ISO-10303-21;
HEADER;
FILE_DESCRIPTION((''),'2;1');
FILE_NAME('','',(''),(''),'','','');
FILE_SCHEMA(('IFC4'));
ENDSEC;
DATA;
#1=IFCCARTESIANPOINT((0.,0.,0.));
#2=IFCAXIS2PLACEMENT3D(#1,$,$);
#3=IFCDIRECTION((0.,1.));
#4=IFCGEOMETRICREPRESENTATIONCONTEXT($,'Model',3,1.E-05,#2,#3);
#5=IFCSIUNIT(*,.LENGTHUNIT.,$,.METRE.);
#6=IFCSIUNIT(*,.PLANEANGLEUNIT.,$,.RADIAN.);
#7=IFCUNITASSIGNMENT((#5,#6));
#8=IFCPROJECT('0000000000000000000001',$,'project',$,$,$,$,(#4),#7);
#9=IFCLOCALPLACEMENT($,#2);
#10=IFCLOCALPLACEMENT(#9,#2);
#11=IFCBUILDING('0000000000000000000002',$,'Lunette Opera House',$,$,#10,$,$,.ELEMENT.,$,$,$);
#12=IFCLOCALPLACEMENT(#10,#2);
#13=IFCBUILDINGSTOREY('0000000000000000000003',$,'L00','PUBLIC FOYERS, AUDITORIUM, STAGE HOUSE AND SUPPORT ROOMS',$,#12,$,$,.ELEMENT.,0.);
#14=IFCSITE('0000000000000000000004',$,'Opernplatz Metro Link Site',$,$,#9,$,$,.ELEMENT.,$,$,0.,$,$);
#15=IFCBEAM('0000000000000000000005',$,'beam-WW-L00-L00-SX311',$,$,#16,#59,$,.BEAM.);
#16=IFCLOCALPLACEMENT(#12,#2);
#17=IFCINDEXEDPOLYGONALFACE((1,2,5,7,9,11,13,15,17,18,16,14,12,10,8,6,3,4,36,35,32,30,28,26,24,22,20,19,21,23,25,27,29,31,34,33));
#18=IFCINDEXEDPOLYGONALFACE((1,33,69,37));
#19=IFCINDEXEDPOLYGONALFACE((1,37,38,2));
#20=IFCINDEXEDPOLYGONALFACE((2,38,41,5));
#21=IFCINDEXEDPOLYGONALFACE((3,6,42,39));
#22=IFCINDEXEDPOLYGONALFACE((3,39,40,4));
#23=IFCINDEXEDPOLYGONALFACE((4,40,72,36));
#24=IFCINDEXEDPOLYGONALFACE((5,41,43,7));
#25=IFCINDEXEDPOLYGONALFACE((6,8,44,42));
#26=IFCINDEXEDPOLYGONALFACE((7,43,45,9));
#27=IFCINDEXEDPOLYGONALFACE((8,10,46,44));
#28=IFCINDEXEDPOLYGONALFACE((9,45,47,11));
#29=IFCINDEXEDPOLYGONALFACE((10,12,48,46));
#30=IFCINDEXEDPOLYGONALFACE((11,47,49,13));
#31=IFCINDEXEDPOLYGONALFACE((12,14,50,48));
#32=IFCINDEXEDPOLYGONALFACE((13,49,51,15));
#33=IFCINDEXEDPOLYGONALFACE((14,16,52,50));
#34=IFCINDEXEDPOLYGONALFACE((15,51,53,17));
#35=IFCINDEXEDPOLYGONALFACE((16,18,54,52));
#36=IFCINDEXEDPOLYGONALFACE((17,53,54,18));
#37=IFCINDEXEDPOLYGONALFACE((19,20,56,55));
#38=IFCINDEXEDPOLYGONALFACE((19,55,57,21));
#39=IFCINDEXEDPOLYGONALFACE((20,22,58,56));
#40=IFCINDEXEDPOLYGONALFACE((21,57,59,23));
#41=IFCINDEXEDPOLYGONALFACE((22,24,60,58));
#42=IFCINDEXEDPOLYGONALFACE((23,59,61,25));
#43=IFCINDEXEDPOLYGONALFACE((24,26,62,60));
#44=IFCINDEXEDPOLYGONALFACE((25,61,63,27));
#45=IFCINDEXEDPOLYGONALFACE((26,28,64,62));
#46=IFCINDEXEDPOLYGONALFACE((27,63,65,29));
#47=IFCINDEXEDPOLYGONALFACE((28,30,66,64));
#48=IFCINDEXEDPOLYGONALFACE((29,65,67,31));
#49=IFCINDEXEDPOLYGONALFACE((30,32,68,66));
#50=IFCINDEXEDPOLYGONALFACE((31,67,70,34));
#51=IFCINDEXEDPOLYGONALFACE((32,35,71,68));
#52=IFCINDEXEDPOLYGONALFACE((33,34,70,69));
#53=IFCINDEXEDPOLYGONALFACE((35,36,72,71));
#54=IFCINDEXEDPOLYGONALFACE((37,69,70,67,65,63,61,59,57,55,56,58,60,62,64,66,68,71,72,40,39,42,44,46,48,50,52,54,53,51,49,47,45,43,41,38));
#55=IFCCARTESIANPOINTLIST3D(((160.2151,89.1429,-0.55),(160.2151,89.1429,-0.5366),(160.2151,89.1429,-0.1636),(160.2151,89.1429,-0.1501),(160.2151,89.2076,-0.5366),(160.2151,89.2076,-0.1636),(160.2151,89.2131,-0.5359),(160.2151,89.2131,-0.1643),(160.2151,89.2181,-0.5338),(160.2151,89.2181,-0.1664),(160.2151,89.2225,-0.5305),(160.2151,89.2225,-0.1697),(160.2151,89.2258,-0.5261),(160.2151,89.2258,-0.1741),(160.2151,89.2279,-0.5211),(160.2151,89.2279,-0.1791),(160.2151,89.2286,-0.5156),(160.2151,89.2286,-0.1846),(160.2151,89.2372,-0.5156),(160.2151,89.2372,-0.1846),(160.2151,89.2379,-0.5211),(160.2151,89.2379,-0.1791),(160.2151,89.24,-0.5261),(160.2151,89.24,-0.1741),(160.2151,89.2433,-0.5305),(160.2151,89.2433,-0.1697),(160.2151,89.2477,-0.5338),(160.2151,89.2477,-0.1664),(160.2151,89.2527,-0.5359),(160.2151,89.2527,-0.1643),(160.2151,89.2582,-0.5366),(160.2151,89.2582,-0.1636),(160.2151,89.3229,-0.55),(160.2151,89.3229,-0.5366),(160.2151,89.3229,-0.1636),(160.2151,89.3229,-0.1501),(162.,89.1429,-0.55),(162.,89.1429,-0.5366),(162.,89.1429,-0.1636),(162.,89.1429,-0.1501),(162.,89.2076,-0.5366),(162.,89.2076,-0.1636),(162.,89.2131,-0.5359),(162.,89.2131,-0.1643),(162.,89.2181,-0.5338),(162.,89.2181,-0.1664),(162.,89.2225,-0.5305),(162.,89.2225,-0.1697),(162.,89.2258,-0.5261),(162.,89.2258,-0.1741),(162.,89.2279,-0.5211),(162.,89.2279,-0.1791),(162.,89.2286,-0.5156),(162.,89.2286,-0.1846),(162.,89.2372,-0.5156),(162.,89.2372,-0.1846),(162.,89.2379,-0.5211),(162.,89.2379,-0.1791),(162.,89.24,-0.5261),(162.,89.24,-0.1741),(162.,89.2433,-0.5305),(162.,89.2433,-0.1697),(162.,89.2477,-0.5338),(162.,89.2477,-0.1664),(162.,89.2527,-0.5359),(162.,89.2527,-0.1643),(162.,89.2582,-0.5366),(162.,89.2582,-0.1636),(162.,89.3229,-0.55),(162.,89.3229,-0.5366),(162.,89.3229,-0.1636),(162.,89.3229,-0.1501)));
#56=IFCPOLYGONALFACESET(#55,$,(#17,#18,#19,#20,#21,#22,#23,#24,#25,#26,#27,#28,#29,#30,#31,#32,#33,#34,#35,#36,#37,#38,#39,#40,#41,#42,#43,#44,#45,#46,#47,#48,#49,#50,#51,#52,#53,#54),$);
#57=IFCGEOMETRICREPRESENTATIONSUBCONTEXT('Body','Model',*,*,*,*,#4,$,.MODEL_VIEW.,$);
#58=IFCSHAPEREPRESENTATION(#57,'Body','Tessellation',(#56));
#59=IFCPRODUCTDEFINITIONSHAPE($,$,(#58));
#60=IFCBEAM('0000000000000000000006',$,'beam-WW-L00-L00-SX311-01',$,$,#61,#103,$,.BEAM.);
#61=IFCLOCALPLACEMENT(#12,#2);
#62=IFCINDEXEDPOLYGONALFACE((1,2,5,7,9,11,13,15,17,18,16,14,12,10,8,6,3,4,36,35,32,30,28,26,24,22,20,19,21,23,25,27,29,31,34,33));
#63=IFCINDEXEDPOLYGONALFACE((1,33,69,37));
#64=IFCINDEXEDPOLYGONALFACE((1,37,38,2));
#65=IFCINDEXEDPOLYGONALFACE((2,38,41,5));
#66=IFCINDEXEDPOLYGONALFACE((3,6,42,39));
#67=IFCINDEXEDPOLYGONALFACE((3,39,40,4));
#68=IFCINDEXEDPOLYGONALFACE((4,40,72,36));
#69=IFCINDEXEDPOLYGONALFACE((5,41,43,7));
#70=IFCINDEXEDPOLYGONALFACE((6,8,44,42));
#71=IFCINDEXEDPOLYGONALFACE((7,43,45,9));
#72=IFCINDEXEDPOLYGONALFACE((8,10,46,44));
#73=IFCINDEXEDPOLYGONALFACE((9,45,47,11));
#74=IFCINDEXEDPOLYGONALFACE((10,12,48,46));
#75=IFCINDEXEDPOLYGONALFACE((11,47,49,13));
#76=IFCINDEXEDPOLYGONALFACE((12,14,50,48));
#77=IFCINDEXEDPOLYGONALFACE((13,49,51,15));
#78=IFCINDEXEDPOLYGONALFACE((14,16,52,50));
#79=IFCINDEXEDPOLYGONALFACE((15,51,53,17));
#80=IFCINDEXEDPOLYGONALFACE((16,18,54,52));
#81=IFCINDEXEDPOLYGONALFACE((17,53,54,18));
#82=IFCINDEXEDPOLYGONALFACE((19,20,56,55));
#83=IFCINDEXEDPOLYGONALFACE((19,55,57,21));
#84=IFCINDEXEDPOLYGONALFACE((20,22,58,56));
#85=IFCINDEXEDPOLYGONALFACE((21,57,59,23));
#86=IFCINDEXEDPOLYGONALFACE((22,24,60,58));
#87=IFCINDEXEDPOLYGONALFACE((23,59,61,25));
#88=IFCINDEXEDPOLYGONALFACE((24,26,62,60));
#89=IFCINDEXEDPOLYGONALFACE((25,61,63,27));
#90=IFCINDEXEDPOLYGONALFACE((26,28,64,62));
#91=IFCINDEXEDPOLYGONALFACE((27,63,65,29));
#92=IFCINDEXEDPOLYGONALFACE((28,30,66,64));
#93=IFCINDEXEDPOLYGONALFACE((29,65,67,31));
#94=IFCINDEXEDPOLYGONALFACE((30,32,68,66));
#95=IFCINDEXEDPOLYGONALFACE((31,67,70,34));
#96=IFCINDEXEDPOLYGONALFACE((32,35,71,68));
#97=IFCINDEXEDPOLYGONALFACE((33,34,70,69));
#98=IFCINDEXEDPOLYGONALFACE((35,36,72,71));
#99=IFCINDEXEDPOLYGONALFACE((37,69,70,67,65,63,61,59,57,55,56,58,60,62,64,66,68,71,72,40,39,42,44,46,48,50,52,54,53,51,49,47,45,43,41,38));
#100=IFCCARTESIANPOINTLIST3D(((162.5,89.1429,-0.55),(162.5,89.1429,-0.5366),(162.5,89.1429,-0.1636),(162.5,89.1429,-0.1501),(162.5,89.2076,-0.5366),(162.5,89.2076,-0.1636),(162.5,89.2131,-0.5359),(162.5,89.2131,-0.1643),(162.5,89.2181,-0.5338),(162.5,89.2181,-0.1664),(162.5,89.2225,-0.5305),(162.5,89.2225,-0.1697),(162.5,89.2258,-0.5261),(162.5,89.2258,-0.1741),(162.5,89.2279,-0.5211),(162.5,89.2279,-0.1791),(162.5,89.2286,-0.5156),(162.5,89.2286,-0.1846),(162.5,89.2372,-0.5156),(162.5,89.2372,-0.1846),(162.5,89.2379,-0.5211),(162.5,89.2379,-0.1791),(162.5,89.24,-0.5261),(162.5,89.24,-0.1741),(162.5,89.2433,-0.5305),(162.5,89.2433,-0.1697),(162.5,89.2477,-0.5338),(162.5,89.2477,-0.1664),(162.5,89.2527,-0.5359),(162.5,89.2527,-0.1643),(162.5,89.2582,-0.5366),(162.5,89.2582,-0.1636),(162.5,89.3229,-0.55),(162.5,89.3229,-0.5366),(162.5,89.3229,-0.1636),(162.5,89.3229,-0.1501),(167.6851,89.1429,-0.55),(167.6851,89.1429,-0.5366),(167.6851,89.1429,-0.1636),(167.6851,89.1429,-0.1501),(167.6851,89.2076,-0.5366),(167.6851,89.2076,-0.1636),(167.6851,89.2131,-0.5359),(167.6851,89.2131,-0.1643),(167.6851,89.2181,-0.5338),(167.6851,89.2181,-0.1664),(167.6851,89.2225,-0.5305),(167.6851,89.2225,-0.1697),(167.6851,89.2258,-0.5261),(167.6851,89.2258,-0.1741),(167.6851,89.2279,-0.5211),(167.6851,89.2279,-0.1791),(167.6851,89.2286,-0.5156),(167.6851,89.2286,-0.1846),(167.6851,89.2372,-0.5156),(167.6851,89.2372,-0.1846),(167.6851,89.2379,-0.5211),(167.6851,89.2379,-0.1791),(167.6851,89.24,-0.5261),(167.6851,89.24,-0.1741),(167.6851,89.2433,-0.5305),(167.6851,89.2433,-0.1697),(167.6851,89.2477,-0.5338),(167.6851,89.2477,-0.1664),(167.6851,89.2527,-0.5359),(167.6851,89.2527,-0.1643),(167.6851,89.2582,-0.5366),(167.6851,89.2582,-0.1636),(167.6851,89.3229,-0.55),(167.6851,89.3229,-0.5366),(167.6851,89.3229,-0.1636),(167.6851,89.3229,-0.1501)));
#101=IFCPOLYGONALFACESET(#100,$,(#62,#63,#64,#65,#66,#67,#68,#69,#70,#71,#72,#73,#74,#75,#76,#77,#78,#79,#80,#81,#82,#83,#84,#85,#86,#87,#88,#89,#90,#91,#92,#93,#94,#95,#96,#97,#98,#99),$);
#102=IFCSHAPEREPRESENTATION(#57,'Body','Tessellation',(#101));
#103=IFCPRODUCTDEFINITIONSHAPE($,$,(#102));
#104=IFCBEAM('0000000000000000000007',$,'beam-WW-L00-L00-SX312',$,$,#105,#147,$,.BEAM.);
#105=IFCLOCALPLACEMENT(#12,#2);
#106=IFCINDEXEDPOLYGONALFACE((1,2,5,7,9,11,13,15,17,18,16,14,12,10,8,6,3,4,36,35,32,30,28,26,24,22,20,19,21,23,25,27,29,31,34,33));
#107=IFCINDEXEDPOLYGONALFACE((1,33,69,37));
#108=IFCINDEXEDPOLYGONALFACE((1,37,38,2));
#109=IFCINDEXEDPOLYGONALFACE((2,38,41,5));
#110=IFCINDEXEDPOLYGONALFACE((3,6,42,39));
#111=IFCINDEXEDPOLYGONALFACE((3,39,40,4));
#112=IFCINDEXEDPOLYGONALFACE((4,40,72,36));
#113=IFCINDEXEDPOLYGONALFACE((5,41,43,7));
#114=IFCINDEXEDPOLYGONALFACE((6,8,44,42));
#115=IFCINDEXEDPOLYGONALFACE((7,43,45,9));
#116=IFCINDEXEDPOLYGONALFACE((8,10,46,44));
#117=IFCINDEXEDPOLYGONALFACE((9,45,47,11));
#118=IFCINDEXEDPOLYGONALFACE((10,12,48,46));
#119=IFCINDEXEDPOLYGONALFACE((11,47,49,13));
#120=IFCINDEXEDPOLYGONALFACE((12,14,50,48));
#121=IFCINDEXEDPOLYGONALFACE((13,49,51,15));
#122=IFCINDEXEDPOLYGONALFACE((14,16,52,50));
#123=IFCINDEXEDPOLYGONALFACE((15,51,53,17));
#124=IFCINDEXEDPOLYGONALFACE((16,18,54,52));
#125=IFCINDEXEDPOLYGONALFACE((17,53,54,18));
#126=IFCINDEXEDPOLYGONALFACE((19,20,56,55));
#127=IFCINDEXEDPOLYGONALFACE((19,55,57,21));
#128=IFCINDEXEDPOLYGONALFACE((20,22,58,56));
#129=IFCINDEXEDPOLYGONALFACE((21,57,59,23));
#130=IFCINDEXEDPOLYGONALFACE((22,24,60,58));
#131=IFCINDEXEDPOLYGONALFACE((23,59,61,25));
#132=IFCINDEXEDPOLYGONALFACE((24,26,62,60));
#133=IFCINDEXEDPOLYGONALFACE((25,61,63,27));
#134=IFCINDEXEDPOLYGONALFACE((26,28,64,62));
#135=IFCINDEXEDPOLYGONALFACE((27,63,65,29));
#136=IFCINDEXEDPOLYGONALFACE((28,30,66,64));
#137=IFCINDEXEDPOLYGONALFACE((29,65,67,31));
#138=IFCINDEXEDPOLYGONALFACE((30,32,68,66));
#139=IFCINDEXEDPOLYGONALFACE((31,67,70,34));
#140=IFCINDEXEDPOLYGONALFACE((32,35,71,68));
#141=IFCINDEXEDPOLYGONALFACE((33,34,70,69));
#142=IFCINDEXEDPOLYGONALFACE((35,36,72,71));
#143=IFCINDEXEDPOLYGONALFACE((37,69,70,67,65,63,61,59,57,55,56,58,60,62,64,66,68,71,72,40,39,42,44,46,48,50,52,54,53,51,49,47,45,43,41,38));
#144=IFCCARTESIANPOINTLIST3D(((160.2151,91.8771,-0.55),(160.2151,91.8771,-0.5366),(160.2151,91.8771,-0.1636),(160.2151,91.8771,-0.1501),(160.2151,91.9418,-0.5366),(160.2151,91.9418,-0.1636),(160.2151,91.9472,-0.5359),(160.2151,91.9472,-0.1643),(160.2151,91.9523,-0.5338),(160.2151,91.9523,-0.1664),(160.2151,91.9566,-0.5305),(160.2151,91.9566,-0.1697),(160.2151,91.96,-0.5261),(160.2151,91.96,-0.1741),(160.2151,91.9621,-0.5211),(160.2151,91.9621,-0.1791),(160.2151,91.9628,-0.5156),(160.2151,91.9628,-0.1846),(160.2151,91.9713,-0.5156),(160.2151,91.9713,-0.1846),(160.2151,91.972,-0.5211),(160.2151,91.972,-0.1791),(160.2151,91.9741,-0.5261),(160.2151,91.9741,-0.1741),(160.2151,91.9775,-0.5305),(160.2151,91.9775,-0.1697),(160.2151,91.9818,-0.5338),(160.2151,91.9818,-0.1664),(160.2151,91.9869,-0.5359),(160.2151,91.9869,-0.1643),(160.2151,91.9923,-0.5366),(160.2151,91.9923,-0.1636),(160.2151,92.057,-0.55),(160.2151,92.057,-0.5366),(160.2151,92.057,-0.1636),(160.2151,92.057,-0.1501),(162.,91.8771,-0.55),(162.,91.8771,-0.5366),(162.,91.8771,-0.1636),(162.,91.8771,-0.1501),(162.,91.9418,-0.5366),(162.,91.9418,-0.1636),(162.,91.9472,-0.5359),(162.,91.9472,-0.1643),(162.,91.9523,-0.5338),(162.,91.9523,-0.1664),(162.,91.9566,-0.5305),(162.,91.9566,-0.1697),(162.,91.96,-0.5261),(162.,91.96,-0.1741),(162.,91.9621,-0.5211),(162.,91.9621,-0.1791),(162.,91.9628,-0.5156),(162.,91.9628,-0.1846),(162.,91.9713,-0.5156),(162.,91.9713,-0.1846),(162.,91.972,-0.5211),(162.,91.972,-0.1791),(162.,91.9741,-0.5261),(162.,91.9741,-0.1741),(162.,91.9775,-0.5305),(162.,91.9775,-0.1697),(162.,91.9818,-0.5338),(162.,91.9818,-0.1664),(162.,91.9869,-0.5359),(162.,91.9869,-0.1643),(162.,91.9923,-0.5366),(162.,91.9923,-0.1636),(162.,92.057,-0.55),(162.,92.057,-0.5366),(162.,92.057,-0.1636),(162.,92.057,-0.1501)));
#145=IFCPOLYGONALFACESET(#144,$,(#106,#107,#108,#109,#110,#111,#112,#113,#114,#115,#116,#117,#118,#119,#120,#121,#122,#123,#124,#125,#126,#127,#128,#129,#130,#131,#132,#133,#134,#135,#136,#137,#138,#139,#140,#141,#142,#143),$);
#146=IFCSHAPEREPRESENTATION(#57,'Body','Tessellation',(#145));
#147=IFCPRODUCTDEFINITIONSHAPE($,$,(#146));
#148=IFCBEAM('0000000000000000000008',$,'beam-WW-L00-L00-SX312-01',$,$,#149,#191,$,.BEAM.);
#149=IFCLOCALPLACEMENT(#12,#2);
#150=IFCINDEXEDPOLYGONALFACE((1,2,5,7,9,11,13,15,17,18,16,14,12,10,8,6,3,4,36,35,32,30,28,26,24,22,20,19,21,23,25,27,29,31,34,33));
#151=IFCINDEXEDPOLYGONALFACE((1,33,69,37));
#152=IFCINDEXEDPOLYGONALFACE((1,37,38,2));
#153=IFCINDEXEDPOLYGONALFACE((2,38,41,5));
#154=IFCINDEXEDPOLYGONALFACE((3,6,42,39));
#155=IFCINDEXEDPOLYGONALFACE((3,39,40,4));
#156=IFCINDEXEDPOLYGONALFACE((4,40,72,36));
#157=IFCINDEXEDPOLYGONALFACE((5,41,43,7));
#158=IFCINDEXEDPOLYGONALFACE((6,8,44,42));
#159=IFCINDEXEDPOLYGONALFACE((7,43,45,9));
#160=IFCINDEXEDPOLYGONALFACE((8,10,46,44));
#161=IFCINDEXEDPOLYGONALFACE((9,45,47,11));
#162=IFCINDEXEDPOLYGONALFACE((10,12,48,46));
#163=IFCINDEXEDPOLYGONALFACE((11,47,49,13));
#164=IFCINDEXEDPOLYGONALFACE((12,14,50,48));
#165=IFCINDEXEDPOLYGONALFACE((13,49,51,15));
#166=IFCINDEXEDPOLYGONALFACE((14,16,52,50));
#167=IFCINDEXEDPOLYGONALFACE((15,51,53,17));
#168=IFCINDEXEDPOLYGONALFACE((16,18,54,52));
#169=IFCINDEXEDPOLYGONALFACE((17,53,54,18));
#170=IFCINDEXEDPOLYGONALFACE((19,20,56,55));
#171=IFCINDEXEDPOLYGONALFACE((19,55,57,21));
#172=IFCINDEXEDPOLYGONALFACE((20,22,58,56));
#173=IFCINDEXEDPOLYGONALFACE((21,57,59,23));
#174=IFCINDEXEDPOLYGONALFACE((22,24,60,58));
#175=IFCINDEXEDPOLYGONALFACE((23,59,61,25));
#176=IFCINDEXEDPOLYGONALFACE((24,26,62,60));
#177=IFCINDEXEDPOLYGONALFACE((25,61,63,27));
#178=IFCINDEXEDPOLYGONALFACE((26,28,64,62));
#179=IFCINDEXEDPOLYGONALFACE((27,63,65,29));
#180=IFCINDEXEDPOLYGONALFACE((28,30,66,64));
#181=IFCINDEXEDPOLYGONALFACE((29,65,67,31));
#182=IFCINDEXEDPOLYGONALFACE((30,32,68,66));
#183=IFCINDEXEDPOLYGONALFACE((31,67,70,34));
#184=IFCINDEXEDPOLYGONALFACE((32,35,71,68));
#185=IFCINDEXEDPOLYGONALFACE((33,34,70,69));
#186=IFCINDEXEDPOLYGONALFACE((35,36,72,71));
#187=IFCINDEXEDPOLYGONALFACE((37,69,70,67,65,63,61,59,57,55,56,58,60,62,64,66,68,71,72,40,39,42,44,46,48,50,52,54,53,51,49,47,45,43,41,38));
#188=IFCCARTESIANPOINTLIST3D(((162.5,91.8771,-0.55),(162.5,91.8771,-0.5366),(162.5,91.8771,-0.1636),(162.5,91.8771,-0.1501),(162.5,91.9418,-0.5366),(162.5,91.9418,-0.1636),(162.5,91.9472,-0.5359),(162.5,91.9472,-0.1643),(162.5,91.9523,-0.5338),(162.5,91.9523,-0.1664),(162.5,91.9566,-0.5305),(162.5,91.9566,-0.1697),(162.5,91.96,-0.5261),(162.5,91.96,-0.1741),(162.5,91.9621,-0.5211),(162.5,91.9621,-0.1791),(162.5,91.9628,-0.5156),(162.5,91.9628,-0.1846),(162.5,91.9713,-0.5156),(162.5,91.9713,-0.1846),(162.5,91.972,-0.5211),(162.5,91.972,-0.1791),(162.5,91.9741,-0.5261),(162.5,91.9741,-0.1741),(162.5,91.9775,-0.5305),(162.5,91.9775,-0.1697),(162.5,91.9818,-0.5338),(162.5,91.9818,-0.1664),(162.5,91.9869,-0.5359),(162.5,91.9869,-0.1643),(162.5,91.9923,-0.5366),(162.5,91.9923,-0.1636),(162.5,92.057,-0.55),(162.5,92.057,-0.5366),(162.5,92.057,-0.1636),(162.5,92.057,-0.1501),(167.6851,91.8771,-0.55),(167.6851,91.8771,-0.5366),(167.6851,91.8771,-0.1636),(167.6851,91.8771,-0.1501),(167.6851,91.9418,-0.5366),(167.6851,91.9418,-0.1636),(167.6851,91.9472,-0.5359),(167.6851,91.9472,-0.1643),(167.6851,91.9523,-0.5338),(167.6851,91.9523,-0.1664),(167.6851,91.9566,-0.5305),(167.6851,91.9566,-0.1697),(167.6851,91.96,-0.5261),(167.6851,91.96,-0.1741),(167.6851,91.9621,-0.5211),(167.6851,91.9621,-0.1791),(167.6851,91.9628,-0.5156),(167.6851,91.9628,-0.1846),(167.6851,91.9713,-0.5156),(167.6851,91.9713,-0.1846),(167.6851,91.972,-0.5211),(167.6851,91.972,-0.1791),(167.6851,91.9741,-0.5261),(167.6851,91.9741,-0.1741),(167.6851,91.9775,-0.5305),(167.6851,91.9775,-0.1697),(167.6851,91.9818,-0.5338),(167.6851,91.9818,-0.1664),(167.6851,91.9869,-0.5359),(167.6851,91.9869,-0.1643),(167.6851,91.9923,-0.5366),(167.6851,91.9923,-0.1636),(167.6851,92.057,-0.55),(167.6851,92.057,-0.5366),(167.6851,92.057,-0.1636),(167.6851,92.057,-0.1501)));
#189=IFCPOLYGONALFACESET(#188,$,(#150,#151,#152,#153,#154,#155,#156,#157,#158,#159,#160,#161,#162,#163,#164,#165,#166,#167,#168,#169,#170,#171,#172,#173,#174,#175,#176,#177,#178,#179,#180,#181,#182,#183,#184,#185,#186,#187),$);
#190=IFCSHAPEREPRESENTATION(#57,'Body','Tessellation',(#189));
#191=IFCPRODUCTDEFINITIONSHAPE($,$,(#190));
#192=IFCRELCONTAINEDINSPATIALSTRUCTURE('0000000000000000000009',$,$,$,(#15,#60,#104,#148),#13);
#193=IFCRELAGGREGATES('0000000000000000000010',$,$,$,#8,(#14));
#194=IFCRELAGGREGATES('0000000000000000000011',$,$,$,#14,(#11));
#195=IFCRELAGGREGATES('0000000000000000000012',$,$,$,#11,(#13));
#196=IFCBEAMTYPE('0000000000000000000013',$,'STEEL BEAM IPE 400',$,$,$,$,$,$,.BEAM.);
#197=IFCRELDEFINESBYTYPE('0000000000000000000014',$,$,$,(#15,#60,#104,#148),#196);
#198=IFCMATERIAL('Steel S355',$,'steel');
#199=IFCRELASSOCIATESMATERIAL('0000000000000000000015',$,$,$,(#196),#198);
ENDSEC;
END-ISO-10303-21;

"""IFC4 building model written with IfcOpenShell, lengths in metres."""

from ifc_helpers import new_model, si_unit, direction, frame, origin, origin_2d, place, context, subcontext, project, spatial, i_section, extrude, material, material_profile, profile_set, type_object, element, save


model = new_model("IFC4")

# Units and contexts
model_context = context("Model", 3, precision=1e-05, world=origin(), true_north=direction((0.0, 1.0)))
body_context = subcontext(model_context, "Body", "Model", "MODEL_VIEW")
ifc_project = project(units=[si_unit("LENGTHUNIT", "METRE"), si_unit("PLANEANGLEUNIT", "RADIAN")], contexts=[model_context])

# Site, building, storey
site_placement = place(None, origin())
site = spatial("IfcSite", under=ifc_project, at=site_placement, Name="Opernplatz Metro Link Site", CompositionType="ELEMENT", RefElevation=0.0)
building_placement = place(site_placement, origin())
building = spatial("IfcBuilding", under=site, at=building_placement, Name="Lunette Opera House", CompositionType="ELEMENT")
storey_placement = place(building_placement, origin())
storey = spatial("IfcBuildingStorey", under=building, at=storey_placement, Name="L00", Description="PUBLIC FOYERS, AUDITORIUM, STAGE HOUSE AND SUPPORT ROOMS", CompositionType="ELEMENT", Elevation=0.0)

# Beams
ifc_material_1 = material(Name="Steel S355", Category="steel")
ifc_material_profile_1 = material_profile(ifc_material_1, i_section(OverallWidth=0.1799, OverallDepth=0.3999, WebThickness=0.0085, FlangeThickness=0.0134, FilletRadius=0.021, at=origin_2d()), Name="IPE 400")
ifc_profile_set_1 = profile_set([ifc_material_profile_1], Name="Steel S355")
beam_type_1 = type_object("IfcBeamType", Name="STEEL BEAM IPE 400", PredefinedType="BEAM", material=ifc_profile_set_1)
beam_1_placement = place(storey_placement, frame((160.2151, 89.2329, -0.3501), z_axis=(1.0, 0.0, 0.0), x_axis=(0.0, 1.0, 0.0)))
element("IfcBeam", 1, at=beam_1_placement, inside=storey, type_object=beam_type_1, Name="beam-WW-L00-L00-SX311", PredefinedType="BEAM", context=body_context, shape_type="SweptSolid", body=[
    extrude(i_section(OverallWidth=0.1799, OverallDepth=0.3999, WebThickness=0.0085, FlangeThickness=0.0134, FilletRadius=0.021, at=origin_2d()), origin(), (0.0, 0.0, 1.0), 1.7849),
])
beam_2_placement = place(storey_placement, frame((162.5, 89.2329, -0.3501), z_axis=(1.0, 0.0, 0.0), x_axis=(0.0, 1.0, 0.0)))
element("IfcBeam", 2, at=beam_2_placement, inside=storey, type_object=beam_type_1, Name="beam-WW-L00-L00-SX311-01", PredefinedType="BEAM", context=body_context, shape_type="SweptSolid", body=[
    extrude(i_section(OverallWidth=0.1799, OverallDepth=0.3999, WebThickness=0.0085, FlangeThickness=0.0134, FilletRadius=0.021, at=origin_2d()), origin(), (0.0, 0.0, 1.0), 5.1851),
])
beam_3_placement = place(storey_placement, frame((160.2151, 91.967, -0.3501), z_axis=(1.0, 0.0, 0.0), x_axis=(0.0, 1.0, 0.0)))
element("IfcBeam", 3, at=beam_3_placement, inside=storey, type_object=beam_type_1, Name="beam-WW-L00-L00-SX312", PredefinedType="BEAM", context=body_context, shape_type="SweptSolid", body=[
    extrude(i_section(OverallWidth=0.1799, OverallDepth=0.3999, WebThickness=0.0085, FlangeThickness=0.0134, FilletRadius=0.021, at=origin_2d()), origin(), (0.0, 0.0, 1.0), 1.7849),
])
beam_4_placement = place(storey_placement, frame((162.5, 91.967, -0.3501), z_axis=(1.0, 0.0, 0.0), x_axis=(0.0, 1.0, 0.0)))
element("IfcBeam", 4, at=beam_4_placement, inside=storey, type_object=beam_type_1, Name="beam-WW-L00-L00-SX312-01", PredefinedType="BEAM", context=body_context, shape_type="SweptSolid", body=[
    extrude(i_section(OverallWidth=0.1799, OverallDepth=0.3999, WebThickness=0.0085, FlangeThickness=0.0134, FilletRadius=0.021, at=origin_2d()), origin(), (0.0, 0.0, 1.0), 5.1851),
])

save(model, "model.ifc")
